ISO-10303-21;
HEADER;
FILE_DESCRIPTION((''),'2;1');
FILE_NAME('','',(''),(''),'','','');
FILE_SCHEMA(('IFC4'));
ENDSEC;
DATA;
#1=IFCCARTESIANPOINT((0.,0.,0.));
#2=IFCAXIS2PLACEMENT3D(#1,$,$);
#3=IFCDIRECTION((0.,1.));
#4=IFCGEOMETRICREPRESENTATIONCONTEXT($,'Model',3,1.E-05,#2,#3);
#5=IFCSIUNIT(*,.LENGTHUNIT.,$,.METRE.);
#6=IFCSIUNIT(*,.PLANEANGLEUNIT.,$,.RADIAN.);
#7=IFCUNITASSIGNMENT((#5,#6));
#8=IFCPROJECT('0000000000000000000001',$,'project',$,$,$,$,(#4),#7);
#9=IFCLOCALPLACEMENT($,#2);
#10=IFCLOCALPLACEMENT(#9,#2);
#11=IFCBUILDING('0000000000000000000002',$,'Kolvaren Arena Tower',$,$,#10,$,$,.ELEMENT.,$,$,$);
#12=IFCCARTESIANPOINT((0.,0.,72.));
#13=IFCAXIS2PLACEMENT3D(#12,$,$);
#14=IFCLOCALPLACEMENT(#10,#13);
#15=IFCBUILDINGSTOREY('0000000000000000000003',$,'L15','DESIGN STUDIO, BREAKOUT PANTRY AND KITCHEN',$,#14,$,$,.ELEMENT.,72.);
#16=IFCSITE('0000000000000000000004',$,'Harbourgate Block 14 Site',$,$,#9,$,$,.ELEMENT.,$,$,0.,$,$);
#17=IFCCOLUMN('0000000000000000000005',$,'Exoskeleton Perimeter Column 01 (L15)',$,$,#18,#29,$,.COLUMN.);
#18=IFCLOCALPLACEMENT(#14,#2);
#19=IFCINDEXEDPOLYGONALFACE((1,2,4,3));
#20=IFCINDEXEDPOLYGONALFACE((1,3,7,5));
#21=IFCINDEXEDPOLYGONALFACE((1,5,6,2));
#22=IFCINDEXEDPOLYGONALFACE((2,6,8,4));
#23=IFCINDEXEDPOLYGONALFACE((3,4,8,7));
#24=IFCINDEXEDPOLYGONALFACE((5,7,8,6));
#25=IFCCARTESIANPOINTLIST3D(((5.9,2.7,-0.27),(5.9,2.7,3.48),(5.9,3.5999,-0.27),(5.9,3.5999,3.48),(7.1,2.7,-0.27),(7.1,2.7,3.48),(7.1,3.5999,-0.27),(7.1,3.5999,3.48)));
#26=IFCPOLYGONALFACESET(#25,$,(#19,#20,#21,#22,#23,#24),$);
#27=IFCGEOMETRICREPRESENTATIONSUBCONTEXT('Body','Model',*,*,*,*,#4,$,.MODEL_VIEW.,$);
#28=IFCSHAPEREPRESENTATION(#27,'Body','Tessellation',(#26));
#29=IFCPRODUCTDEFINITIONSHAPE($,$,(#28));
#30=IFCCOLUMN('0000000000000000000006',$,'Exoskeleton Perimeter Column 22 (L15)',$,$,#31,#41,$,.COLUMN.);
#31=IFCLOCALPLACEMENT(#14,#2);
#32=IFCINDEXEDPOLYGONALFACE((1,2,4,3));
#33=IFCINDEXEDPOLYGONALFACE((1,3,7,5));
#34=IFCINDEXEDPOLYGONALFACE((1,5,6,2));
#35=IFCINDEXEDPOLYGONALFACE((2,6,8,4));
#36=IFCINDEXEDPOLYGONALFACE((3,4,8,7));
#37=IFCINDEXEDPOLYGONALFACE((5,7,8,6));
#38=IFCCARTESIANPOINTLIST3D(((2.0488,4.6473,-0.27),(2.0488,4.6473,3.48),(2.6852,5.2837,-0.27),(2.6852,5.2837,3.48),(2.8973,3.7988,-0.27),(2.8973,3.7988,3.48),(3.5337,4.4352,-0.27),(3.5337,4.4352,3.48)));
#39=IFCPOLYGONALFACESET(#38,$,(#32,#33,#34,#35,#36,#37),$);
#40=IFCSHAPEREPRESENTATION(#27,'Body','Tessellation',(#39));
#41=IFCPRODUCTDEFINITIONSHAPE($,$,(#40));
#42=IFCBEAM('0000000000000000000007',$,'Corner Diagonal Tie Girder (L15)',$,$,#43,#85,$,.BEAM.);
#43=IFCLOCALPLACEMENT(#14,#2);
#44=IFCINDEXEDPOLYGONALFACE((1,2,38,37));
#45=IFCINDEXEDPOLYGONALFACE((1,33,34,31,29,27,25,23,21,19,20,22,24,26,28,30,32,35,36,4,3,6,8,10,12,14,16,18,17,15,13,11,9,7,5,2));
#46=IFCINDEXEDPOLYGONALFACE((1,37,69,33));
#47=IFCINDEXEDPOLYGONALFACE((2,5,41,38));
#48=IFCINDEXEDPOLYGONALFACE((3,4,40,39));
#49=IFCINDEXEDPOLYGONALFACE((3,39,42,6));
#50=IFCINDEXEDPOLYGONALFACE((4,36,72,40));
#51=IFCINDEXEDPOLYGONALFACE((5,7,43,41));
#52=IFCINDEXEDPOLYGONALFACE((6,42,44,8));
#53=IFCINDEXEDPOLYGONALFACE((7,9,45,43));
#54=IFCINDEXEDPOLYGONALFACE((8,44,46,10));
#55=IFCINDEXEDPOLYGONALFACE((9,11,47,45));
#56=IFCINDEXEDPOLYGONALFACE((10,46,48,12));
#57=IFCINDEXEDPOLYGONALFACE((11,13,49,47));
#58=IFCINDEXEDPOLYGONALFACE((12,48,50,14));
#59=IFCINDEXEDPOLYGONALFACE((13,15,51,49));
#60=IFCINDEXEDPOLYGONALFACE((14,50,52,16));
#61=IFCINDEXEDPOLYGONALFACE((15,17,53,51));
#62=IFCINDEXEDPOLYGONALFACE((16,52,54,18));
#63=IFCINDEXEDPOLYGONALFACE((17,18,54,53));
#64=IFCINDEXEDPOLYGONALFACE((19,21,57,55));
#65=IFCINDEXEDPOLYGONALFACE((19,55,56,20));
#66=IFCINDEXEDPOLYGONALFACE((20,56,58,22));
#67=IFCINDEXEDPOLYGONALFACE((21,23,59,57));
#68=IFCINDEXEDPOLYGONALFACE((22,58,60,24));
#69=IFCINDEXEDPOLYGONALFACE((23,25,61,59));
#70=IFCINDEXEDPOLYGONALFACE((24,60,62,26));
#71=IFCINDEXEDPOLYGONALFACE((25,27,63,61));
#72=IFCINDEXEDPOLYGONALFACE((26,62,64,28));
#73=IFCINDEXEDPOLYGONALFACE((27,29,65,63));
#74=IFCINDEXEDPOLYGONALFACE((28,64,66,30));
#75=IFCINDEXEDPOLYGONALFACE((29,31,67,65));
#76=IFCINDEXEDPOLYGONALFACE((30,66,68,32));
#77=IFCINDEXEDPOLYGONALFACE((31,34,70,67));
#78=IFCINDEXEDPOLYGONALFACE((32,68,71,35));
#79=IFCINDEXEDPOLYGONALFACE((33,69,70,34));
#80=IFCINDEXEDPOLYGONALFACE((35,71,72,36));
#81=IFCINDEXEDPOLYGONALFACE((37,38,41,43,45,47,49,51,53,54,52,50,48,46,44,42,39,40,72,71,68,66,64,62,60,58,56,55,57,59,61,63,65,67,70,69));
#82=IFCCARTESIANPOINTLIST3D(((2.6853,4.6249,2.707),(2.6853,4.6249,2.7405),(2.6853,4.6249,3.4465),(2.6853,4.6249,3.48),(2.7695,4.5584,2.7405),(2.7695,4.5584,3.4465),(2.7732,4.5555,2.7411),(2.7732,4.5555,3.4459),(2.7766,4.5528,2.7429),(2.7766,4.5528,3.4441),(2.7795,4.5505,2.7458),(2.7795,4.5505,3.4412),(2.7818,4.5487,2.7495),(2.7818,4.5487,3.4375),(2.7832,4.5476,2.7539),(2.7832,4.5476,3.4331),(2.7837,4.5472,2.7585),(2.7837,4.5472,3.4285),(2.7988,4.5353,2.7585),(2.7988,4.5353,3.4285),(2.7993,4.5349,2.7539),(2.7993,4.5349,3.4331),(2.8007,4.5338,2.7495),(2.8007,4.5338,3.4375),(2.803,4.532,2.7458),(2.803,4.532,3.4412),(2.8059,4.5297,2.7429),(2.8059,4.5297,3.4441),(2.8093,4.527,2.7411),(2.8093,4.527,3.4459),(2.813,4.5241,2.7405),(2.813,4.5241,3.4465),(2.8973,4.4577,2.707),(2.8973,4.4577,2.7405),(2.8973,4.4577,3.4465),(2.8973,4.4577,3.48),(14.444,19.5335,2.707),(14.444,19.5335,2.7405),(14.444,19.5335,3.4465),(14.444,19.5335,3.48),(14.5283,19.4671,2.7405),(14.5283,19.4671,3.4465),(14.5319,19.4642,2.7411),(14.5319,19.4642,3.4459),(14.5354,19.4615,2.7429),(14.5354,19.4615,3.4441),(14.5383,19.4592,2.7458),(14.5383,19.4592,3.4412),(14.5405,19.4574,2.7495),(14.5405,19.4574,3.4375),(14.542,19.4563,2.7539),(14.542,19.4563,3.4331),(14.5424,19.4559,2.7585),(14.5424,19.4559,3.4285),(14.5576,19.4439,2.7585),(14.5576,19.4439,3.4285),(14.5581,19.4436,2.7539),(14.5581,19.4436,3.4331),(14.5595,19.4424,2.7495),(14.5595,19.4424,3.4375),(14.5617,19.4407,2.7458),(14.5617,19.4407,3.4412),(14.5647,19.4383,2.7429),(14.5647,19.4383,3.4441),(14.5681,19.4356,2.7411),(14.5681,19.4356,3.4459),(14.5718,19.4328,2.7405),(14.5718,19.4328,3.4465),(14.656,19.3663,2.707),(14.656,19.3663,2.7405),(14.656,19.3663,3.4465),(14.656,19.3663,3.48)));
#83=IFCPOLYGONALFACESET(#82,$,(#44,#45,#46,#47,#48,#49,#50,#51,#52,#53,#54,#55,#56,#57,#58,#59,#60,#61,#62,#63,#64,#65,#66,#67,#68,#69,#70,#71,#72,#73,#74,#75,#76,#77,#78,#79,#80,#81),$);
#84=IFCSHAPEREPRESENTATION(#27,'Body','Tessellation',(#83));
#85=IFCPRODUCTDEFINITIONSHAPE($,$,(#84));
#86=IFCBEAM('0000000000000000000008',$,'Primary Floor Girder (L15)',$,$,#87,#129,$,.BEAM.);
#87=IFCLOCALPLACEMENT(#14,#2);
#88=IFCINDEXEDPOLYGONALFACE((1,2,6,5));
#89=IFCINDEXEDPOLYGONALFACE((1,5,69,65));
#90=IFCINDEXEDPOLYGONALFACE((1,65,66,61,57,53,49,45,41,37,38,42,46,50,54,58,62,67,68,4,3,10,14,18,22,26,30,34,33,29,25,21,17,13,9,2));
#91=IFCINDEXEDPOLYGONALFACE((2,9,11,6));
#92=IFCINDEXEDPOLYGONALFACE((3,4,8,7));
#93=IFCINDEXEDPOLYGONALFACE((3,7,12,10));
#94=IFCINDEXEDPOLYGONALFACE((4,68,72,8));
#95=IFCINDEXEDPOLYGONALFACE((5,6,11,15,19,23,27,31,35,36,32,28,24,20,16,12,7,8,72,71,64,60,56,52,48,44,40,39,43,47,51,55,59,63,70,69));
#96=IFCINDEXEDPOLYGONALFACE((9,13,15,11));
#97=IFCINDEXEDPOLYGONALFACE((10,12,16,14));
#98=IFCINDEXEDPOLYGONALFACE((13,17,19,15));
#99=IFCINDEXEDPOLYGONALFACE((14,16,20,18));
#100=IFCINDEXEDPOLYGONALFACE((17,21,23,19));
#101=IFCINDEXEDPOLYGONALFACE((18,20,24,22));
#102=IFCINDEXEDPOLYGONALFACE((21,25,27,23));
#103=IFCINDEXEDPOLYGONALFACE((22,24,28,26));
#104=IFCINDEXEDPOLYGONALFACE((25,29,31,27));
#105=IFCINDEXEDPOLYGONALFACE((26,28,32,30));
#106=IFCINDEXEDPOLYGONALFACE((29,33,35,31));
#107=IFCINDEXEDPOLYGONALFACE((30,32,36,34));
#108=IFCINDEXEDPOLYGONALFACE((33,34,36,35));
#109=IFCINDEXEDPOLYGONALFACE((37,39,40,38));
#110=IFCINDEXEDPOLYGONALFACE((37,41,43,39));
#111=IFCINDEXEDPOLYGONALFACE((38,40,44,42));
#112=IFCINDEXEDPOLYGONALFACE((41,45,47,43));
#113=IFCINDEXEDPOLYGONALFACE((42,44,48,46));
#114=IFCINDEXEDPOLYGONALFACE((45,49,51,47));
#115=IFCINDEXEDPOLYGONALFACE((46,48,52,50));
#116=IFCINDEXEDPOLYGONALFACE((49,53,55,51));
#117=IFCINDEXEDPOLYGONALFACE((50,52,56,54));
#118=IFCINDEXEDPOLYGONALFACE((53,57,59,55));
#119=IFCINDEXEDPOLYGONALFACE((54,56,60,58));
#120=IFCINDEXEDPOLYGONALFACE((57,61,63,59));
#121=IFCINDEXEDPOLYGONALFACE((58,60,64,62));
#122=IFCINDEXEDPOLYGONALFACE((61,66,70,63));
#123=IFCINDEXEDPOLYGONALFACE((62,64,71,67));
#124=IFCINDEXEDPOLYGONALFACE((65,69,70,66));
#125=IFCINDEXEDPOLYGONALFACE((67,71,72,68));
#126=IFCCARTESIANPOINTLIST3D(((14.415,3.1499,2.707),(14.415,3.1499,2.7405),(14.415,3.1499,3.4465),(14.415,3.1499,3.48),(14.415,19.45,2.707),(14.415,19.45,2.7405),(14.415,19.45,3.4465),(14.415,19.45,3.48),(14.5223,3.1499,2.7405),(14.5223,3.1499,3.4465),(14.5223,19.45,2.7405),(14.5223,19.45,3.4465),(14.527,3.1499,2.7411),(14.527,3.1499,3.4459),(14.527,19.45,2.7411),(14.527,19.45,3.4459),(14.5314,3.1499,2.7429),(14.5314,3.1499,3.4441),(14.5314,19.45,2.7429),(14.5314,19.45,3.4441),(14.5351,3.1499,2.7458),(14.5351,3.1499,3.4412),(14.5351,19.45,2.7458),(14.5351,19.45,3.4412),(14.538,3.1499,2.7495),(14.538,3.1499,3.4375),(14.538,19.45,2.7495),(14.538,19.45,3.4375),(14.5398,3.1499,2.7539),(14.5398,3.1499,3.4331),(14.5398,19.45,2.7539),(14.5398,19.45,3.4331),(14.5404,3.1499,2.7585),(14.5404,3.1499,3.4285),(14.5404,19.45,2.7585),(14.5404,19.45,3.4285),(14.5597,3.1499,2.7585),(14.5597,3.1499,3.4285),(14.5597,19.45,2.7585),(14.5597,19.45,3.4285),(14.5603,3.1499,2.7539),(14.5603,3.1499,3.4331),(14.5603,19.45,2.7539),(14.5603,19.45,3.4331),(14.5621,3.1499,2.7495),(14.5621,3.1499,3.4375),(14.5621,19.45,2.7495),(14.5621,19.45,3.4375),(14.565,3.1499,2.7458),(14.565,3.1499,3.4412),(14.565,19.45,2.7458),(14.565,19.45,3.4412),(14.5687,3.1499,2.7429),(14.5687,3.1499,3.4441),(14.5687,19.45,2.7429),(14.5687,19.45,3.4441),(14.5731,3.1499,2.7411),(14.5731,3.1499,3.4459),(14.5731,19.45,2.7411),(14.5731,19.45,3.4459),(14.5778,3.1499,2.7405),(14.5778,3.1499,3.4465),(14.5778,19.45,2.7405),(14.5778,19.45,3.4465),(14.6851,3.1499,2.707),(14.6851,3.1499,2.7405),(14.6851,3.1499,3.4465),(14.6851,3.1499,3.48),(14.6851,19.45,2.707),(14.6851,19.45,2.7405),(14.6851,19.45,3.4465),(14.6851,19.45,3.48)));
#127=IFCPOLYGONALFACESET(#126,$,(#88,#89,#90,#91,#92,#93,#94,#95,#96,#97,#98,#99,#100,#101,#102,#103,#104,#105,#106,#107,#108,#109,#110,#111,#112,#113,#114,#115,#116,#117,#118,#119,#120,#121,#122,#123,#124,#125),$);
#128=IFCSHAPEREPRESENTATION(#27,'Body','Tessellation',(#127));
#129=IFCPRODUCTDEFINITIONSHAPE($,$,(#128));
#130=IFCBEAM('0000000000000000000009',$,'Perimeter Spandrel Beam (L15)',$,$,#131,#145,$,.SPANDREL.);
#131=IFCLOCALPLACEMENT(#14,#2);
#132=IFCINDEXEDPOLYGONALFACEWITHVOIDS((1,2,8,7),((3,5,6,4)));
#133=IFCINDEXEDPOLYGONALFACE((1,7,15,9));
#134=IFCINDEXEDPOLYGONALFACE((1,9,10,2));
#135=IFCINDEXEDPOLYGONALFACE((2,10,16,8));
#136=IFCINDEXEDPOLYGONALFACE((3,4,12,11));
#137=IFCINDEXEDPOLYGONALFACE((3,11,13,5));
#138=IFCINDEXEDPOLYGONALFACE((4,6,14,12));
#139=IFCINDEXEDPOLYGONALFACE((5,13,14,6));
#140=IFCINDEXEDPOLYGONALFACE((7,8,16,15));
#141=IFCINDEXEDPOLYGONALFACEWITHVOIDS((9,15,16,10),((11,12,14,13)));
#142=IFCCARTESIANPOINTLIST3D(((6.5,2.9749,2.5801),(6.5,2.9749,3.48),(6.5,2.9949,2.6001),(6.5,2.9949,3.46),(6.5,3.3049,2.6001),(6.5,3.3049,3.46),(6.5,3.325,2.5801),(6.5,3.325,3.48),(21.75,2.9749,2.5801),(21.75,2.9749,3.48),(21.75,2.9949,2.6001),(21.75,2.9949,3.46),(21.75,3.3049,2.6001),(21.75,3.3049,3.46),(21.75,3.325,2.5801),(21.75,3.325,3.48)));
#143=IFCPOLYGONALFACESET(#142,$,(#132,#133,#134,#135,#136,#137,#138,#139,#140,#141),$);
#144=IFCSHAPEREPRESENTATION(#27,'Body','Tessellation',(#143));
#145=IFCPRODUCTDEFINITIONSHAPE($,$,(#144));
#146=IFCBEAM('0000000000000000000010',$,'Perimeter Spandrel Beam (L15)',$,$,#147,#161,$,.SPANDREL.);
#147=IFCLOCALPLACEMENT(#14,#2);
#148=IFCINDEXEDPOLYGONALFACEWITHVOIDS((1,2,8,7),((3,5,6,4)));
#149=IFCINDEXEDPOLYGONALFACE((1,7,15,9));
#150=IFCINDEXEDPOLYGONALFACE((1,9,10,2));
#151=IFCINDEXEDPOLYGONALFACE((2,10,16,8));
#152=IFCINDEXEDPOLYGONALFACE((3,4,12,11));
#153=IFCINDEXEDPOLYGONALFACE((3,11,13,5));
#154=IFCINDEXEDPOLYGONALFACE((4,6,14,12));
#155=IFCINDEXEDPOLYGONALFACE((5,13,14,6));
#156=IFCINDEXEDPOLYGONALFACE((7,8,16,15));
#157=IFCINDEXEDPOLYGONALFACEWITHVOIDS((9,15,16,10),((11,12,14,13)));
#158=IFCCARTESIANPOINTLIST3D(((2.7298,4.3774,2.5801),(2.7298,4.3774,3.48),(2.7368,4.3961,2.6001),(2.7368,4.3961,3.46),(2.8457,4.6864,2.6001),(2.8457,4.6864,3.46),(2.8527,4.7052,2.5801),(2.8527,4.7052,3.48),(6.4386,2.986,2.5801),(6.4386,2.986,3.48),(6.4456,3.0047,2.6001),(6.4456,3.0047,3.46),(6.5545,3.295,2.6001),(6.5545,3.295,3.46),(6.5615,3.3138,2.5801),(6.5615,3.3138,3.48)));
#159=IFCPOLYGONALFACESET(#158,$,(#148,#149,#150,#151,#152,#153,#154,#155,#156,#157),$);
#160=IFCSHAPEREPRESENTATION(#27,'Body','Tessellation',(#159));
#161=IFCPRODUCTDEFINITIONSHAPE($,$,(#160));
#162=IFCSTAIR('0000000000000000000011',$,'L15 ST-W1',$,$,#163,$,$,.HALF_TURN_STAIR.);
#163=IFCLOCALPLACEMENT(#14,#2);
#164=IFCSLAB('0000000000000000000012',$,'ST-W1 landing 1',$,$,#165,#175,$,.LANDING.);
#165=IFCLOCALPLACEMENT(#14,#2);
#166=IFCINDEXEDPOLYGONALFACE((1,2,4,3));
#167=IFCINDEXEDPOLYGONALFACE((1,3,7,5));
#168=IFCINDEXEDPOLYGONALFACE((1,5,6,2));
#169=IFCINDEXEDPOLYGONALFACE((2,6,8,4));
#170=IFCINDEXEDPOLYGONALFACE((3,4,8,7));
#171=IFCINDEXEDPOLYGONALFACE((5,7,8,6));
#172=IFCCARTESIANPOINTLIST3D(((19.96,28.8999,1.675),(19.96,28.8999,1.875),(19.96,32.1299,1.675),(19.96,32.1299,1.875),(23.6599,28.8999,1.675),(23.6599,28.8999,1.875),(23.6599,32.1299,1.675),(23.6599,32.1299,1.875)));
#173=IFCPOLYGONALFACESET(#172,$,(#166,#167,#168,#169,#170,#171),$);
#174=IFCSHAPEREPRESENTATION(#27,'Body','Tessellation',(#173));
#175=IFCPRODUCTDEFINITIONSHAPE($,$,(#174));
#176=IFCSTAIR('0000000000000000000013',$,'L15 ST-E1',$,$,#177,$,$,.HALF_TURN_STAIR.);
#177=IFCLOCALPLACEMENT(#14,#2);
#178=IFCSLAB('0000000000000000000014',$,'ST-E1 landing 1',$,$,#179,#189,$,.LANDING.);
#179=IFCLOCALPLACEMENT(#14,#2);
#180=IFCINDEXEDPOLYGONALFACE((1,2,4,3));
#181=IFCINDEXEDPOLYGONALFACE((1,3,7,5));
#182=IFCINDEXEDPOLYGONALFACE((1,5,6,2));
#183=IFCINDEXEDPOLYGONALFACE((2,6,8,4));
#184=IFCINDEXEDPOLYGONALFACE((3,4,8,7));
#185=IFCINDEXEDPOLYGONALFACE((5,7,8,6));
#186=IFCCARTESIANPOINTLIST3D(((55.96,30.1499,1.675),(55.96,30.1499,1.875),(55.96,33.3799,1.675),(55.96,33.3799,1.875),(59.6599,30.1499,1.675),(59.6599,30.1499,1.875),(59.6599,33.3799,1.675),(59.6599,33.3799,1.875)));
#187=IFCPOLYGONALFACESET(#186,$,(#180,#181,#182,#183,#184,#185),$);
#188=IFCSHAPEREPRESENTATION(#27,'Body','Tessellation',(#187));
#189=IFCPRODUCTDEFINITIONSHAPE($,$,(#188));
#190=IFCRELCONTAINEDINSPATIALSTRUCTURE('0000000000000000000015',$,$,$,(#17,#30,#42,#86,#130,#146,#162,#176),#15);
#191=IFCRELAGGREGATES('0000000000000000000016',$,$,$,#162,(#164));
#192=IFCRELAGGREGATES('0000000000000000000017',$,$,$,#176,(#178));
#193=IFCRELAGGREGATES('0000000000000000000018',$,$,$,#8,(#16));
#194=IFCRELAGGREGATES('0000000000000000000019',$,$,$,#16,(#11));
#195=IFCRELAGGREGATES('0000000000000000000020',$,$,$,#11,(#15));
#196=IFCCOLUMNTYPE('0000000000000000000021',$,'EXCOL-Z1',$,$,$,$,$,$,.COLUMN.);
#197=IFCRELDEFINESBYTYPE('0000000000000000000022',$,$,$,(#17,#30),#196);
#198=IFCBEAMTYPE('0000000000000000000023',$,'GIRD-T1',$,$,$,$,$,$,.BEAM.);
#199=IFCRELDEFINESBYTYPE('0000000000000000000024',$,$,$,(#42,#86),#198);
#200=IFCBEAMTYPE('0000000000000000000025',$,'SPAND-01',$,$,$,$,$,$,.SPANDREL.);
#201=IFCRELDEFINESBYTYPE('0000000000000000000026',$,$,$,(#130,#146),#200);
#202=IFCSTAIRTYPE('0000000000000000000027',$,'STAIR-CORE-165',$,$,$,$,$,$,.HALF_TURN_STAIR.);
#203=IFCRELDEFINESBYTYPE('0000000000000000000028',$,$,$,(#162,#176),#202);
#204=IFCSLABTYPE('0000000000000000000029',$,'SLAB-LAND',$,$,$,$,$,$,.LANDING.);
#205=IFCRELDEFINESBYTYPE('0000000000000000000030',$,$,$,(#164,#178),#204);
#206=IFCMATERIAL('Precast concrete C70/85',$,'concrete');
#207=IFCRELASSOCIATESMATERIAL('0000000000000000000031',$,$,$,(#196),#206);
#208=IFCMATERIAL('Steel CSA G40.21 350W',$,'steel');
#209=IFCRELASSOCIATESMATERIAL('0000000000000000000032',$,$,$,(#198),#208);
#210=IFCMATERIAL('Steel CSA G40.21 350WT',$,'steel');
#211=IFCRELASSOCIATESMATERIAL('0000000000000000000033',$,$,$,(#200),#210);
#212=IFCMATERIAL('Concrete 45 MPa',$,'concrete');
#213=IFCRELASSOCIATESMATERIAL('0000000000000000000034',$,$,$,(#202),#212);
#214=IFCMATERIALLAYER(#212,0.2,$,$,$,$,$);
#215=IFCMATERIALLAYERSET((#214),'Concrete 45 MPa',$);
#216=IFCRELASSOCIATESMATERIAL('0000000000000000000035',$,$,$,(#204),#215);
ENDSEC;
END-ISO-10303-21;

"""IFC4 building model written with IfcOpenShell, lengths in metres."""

from ifc_helpers import new_model, si_unit, direction, frame, origin, origin_2d, place, context, subcontext, project, spatial, polyline, rectangle, hollow_rectangle, i_section, outline, extrude, material, layer, layer_set, material_profile, profile_set, type_object, element, aggregate, save


model = new_model("IFC4")

# Units and contexts
model_context = context("Model", 3, precision=1e-05, world=origin(), true_north=direction((0.0, 1.0)))
body_context = subcontext(model_context, "Body", "Model", "MODEL_VIEW")
ifc_project = project(units=[si_unit("LENGTHUNIT", "METRE"), si_unit("PLANEANGLEUNIT", "RADIAN")], contexts=[model_context])

# Site, building, storey
site_placement = place(None, origin())
site = spatial("IfcSite", under=ifc_project, at=site_placement, Name="Harbourgate Block 14 Site", CompositionType="ELEMENT", RefElevation=0.0)
building_placement = place(site_placement, origin())
building = spatial("IfcBuilding", under=site, at=building_placement, Name="Kolvaren Arena Tower", CompositionType="ELEMENT")
storey_placement = place(building_placement, frame((0.0, 0.0, 72.0)))
storey = spatial("IfcBuildingStorey", under=building, at=storey_placement, Name="L15", Description="DESIGN STUDIO, BREAKOUT PANTRY AND KITCHEN", CompositionType="ELEMENT", Elevation=72.0)

# Columns
ifc_material_1 = material(Name="Precast concrete C70/85", Category="concrete")
ifc_material_profile_1 = material_profile(ifc_material_1, rectangle(XDim=1.2, YDim=0.8999, at=origin_2d()), Name="RC-1200x900")
ifc_profile_set_1 = profile_set([ifc_material_profile_1], Name="Precast concrete C70/85")
column_type = type_object("IfcColumnType", Name="EXCOL-Z1", PredefinedType="COLUMN", material=ifc_profile_set_1)
for number, where, z_axis, x_axis, name in (
    (1, (6.5, 3.1499, -0.27), (0.0, 0.0, 1.0), (1.0, 0.0, 0.0), "Exoskeleton Perimeter Column 01 (L15)"),
    (2, (2.7913, 4.5413, -0.27), (0.0, 0.0, 1.0), (-0.707107, 0.707107, 0.0), "Exoskeleton Perimeter Column 22 (L15)"),
):
    element("IfcColumn", number, at=place(storey_placement, frame(where, z_axis=z_axis, x_axis=x_axis)), inside=storey, type_object=column_type, Name=name, PredefinedType="COLUMN", context=body_context, shape_type="SweptSolid", body=[
        extrude(rectangle(XDim=1.2, YDim=0.8999, at=origin_2d()), origin(), (0.0, 0.0, 1.0), 3.75),
    ])

# Beams
ifc_material_2 = material(Name="Steel CSA G40.21 350W", Category="steel")
ifc_material_profile_2 = material_profile(ifc_material_2, i_section(OverallWidth=0.27, OverallDepth=0.7729, WebThickness=0.0193, FlangeThickness=0.0334, FilletRadius=0.0181, at=origin_2d()), Name="W760x257")
ifc_profile_set_2 = profile_set([ifc_material_profile_2], Name="Steel CSA G40.21 350W")
beam_type_1 = type_object("IfcBeamType", Name="GIRD-T1", PredefinedType="BEAM", material=ifc_profile_set_2)
beam_1_placement = place(storey_placement, frame((2.7913, 4.5413, 3.0935), z_axis=(0.61928, 0.78517, 0.0), x_axis=(-0.78517, 0.61928, 0.0)))
element("IfcBeam", 3, at=beam_1_placement, inside=storey, type_object=beam_type_1, Name="Corner Diagonal Tie Girder (L15)", PredefinedType="BEAM", context=body_context, shape_type="SweptSolid", body=[
    extrude(i_section(OverallWidth=0.27, OverallDepth=0.7729, WebThickness=0.0193, FlangeThickness=0.0334, FilletRadius=0.0181, at=origin_2d()), origin(), (0.0, 0.0, 1.0), 18.9878),
])
beam_2_placement = place(storey_placement, frame((14.55, 3.1499, 3.0935), z_axis=(0.0, 1.0, 0.0), x_axis=(-1.0, 0.0, 0.0)))
element("IfcBeam", 4, at=beam_2_placement, inside=storey, type_object=beam_type_1, Name="Primary Floor Girder (L15)", PredefinedType="BEAM", context=body_context, shape_type="SweptSolid", body=[
    extrude(i_section(OverallWidth=0.27, OverallDepth=0.7729, WebThickness=0.0193, FlangeThickness=0.0334, FilletRadius=0.0181, at=origin_2d()), origin(), (0.0, 0.0, 1.0), 16.3),
])
ifc_material_3 = material(Name="Steel CSA G40.21 350WT", Category="steel")
ifc_material_profile_3 = material_profile(ifc_material_3, hollow_rectangle(XDim=0.3501, YDim=0.8999, WallThickness=0.02, at=origin_2d()), Name="HSS 900x350x20")
ifc_profile_set_3 = profile_set([ifc_material_profile_3], Name="Steel CSA G40.21 350WT")
beam_type_2 = type_object("IfcBeamType", Name="SPAND-01", PredefinedType="SPANDREL", material=ifc_profile_set_3)
beam_3_placement = place(storey_placement, frame((6.5, 3.1499, 3.03), z_axis=(1.0, 0.0, 0.0), x_axis=(0.0, 1.0, 0.0)))
element("IfcBeam", 5, at=beam_3_placement, inside=storey, type_object=beam_type_2, Name="Perimeter Spandrel Beam (L15)", PredefinedType="SPANDREL", context=body_context, shape_type="SweptSolid", body=[
    extrude(hollow_rectangle(XDim=0.3501, YDim=0.8999, WallThickness=0.02, at=origin_2d()), origin(), (0.0, 0.0, 1.0), 15.25),
])
beam_4_placement = place(storey_placement, frame((2.7913, 4.5413, 3.03), z_axis=(0.936281, -0.351252, 0.0), x_axis=(0.351252, 0.936281, 0.0)))
element("IfcBeam", 6, at=beam_4_placement, inside=storey, type_object=beam_type_2, Name="Perimeter Spandrel Beam (L15)", PredefinedType="SPANDREL", context=body_context, shape_type="SweptSolid", body=[
    extrude(hollow_rectangle(XDim=0.3501, YDim=0.8999, WallThickness=0.02, at=origin_2d()), origin(), (0.0, 0.0, 1.0), 3.9612),
])

# Stairs, slabs
ifc_material_4 = material(Name="Concrete 45 MPa", Category="concrete")
stair_type_1 = type_object("IfcStairType", Name="STAIR-CORE-165", PredefinedType="HALF_TURN_STAIR", material=ifc_material_4)
stair_1_placement = place(storey_placement, origin())
stair_1 = element("IfcStair", 7, at=stair_1_placement, inside=storey, type_object=stair_type_1, Name="L15 ST-W1", PredefinedType="HALF_TURN_STAIR")
ifc_layer_1 = layer(ifc_material_4, 0.2)
ifc_layer_set_1 = layer_set([ifc_layer_1], Name="Concrete 45 MPa")
slab_type_1 = type_object("IfcSlabType", Name="SLAB-LAND", PredefinedType="LANDING", material=ifc_layer_set_1)
slab_1_placement = place(storey_placement, frame((0.0, 0.0, 1.675)))
slab_1 = element("IfcSlab", 8, at=slab_1_placement, type_object=slab_type_1, Name="ST-W1 landing 1", PredefinedType="LANDING", context=body_context, shape_type="SweptSolid", body=[
    extrude(outline(polyline([(19.96, 28.8999), (23.6599, 28.8999), (23.6599, 32.1299), (19.96, 32.1299), (19.96, 28.8999)])), origin(), (0.0, 0.0, 1.0), 0.2),
])
aggregate(stair_1, [slab_1])
stair_2_placement = place(storey_placement, origin())
stair_2 = element("IfcStair", 9, at=stair_2_placement, inside=storey, type_object=stair_type_1, Name="L15 ST-E1", PredefinedType="HALF_TURN_STAIR")
slab_2_placement = place(storey_placement, frame((0.0, 0.0, 1.675)))
slab_2 = element("IfcSlab", 10, at=slab_2_placement, type_object=slab_type_1, Name="ST-E1 landing 1", PredefinedType="LANDING", context=body_context, shape_type="SweptSolid", body=[
    extrude(outline(polyline([(55.96, 30.1499), (59.6599, 30.1499), (59.6599, 33.3799), (55.96, 33.3799), (55.96, 30.1499)])), origin(), (0.0, 0.0, 1.0), 0.2),
])
aggregate(stair_2, [slab_2])

save(model, "model.ifc")
